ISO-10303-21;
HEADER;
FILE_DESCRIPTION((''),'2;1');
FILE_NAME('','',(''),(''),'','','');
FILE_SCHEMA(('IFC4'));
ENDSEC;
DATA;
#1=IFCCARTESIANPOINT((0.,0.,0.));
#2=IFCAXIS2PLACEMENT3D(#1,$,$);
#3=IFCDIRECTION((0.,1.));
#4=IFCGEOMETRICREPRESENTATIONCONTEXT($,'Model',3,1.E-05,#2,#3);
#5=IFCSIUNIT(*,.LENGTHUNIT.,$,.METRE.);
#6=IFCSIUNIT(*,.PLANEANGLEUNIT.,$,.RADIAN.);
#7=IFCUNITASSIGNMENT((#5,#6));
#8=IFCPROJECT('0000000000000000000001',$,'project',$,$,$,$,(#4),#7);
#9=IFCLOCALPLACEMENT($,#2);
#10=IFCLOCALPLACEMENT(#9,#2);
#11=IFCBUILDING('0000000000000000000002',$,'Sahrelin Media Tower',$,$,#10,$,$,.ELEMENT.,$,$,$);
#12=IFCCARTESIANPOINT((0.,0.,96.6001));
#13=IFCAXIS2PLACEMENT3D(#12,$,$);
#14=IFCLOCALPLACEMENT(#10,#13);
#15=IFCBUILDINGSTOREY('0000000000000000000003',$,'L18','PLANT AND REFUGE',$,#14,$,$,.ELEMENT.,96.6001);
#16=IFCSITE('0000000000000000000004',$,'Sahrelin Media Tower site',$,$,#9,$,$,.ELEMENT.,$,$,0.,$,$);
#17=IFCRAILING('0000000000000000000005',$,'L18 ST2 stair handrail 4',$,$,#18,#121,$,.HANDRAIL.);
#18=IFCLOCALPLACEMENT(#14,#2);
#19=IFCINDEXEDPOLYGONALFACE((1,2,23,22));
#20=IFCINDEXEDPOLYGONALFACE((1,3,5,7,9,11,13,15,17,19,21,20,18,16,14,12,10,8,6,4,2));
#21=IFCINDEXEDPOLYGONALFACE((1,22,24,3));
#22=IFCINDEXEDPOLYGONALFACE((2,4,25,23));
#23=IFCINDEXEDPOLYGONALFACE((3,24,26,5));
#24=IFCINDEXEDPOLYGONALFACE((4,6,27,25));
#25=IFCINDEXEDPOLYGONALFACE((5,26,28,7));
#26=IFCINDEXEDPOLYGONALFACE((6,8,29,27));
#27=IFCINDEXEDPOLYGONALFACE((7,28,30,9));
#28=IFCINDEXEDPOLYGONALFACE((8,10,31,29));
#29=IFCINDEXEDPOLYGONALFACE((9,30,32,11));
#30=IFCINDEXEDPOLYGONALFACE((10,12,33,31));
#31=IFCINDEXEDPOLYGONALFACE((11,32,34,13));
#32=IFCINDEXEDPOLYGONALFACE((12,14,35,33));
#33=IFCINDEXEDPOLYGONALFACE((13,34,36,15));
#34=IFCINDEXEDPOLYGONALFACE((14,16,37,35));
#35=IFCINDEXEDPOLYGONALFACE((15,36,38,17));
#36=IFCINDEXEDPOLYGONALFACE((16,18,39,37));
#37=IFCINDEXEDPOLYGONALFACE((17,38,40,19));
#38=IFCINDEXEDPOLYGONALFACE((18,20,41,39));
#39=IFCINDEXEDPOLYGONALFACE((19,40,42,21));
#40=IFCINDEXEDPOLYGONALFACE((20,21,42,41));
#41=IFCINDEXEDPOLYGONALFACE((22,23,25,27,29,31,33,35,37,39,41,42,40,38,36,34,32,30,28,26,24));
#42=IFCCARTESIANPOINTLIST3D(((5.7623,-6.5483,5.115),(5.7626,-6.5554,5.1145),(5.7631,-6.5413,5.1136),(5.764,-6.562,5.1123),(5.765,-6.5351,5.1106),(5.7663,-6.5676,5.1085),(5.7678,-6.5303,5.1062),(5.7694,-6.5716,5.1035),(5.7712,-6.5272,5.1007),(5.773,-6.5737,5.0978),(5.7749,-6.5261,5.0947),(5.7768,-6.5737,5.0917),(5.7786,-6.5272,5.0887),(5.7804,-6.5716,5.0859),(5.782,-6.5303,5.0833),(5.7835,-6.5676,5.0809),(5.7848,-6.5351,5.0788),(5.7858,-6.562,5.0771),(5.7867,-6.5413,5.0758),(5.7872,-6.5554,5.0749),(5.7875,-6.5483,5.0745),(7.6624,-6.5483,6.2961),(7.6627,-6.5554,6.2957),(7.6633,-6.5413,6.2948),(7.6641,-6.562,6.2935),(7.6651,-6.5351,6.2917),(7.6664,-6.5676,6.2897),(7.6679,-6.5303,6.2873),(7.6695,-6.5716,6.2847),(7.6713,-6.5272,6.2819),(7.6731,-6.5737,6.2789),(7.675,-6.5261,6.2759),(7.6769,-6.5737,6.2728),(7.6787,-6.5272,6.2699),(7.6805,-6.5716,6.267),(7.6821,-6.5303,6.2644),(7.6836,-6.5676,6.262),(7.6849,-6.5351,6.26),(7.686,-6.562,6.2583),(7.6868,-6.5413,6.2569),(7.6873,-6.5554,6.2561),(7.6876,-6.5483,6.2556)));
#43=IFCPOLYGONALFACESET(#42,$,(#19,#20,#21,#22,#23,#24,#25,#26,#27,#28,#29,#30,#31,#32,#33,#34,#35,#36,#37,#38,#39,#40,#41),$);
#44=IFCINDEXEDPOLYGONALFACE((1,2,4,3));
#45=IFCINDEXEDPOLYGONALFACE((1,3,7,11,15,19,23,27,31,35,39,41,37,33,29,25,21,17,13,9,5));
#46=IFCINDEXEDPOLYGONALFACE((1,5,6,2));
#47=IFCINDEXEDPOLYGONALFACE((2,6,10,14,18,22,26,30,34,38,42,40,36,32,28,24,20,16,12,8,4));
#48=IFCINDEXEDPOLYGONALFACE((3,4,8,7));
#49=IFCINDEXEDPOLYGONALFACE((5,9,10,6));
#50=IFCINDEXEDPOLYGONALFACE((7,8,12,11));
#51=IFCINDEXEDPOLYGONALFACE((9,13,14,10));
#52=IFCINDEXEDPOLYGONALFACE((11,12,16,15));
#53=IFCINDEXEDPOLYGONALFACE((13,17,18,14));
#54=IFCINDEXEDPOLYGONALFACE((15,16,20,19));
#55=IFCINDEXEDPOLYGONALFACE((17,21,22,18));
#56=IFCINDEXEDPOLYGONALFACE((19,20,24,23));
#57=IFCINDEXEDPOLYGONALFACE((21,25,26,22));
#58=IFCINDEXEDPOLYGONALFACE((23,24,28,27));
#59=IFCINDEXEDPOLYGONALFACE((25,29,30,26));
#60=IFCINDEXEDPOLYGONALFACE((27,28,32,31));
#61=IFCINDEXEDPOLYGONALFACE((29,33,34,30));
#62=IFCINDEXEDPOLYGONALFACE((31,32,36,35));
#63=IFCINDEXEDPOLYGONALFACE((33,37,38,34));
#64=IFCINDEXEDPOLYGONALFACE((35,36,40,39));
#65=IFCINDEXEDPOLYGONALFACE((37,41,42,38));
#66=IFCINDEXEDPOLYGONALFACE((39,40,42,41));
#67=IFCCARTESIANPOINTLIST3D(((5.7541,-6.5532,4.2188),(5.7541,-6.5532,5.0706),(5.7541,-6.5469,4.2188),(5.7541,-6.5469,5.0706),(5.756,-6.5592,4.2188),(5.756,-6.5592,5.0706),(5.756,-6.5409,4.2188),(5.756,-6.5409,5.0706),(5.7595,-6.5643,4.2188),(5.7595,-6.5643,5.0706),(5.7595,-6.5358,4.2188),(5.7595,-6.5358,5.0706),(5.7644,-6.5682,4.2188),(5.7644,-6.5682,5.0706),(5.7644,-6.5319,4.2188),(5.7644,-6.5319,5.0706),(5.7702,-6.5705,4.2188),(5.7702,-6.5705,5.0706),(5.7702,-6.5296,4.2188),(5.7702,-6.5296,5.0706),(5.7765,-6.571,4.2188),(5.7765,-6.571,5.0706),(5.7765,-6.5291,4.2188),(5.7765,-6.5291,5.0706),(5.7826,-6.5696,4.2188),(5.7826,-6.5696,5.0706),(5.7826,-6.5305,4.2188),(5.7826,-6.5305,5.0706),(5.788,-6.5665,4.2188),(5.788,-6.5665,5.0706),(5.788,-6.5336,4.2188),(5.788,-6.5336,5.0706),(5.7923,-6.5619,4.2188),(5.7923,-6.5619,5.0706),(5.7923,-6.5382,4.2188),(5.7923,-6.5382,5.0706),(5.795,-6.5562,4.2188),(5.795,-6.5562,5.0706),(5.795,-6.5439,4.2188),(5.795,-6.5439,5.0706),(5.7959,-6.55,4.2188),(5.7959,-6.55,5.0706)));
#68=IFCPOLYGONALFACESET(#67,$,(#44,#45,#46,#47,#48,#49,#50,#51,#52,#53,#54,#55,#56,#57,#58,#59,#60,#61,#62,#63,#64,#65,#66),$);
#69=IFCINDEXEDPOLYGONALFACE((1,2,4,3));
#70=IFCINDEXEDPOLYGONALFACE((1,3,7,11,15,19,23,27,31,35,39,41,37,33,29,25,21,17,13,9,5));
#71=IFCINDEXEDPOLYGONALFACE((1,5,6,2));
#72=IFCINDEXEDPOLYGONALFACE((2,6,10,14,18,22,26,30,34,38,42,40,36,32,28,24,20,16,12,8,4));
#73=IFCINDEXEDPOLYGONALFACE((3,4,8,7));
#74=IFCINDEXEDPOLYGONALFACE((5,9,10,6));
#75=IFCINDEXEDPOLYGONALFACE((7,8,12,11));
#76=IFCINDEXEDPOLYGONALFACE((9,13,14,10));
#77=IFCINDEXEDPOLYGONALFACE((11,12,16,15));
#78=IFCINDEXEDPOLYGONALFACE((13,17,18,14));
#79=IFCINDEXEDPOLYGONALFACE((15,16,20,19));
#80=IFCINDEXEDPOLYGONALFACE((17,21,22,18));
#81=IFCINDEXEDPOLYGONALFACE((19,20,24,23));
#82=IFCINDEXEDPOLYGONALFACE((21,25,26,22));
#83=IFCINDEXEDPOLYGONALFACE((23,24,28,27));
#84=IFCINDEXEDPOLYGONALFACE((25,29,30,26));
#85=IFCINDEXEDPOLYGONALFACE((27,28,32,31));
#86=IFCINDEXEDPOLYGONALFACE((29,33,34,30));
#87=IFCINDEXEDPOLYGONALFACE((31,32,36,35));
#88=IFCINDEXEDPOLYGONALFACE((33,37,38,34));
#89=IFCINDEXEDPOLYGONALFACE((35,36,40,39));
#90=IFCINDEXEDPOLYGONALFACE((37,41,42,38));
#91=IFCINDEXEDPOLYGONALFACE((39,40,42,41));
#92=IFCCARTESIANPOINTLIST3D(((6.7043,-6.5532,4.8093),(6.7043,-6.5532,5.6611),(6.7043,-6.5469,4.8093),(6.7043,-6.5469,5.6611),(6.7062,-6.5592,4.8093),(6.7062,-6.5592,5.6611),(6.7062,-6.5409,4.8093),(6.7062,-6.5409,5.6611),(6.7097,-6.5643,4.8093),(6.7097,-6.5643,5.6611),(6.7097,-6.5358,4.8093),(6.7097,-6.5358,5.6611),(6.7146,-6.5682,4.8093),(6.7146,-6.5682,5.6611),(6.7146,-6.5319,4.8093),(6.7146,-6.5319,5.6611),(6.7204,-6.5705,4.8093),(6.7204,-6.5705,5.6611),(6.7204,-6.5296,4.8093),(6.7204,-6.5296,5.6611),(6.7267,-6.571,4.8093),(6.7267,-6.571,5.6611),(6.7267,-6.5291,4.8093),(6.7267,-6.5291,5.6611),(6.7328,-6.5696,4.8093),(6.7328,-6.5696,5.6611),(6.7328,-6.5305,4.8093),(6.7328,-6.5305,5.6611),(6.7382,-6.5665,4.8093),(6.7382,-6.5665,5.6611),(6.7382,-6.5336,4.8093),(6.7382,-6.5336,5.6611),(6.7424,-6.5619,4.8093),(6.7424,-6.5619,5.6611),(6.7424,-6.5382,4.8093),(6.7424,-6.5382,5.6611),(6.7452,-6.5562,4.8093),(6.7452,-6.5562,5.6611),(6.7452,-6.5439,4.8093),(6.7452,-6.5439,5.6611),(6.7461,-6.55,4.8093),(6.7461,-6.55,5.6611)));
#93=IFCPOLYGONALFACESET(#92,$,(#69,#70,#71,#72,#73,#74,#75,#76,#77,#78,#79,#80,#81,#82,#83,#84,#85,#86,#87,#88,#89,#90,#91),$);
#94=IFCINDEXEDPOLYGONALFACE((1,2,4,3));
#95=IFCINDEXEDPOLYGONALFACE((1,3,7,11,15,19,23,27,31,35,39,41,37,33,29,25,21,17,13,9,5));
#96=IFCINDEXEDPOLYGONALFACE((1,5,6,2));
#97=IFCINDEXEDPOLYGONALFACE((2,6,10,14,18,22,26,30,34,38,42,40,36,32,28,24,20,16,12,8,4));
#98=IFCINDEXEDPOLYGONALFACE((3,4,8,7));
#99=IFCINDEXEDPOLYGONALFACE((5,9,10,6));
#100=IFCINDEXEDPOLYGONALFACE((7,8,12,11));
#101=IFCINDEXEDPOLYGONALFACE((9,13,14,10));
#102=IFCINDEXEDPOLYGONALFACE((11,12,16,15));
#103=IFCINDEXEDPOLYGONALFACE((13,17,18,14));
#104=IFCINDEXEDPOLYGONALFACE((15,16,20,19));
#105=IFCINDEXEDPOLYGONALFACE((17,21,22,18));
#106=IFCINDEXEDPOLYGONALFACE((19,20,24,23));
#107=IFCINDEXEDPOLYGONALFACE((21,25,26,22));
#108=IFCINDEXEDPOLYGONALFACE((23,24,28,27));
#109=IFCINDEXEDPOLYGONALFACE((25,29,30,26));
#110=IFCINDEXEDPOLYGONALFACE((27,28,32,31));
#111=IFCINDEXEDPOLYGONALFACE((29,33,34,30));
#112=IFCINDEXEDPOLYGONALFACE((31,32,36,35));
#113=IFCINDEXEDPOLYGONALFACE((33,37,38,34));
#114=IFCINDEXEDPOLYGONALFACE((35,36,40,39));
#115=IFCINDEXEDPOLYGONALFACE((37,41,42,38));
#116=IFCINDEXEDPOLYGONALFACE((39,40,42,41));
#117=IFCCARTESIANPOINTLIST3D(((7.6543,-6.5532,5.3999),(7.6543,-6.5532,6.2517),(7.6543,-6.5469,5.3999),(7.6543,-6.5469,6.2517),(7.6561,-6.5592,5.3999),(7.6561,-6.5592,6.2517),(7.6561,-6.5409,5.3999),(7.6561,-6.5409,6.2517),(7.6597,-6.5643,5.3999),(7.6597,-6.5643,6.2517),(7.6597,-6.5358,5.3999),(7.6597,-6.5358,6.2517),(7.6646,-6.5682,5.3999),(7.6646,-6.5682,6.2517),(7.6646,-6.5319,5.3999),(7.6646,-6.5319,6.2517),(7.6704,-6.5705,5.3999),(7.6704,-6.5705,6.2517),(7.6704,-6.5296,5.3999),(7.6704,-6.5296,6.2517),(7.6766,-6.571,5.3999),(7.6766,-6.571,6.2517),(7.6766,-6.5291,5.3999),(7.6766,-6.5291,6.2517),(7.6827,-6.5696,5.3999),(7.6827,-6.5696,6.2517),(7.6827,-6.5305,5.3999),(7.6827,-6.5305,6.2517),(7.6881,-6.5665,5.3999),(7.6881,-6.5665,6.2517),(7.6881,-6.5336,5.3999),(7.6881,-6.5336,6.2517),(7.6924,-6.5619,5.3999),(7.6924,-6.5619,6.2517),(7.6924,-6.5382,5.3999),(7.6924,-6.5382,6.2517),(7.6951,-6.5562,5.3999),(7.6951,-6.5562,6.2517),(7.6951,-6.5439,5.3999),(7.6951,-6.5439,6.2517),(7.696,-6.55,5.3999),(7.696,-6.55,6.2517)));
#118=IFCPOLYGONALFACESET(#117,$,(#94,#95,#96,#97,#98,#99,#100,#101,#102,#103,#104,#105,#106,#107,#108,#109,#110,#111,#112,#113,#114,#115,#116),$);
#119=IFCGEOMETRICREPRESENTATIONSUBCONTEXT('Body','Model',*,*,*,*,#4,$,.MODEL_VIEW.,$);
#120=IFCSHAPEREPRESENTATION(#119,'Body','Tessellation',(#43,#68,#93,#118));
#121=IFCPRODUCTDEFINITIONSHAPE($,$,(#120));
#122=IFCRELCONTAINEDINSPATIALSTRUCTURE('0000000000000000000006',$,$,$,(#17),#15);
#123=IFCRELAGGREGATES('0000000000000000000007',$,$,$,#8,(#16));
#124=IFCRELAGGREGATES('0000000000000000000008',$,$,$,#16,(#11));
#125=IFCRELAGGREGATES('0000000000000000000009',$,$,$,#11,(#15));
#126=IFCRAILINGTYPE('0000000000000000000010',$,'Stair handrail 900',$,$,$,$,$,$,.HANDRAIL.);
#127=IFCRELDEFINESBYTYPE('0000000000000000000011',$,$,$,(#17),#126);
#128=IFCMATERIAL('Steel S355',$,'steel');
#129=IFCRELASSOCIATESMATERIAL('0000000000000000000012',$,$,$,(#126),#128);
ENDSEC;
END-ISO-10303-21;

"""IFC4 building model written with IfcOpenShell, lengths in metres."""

from ifc_helpers import new_model, si_unit, direction, frame, origin, origin_2d, place, context, subcontext, project, spatial, circle, extrude, material, type_object, element, save


model = new_model("IFC4")

# Units and contexts
model_context = context("Model", 3, precision=1e-05, world=origin(), true_north=direction((0.0, 1.0)))
body_context = subcontext(model_context, "Body", "Model", "MODEL_VIEW")
ifc_project = project(units=[si_unit("LENGTHUNIT", "METRE"), si_unit("PLANEANGLEUNIT", "RADIAN")], contexts=[model_context])

# Site, building, storey
site_placement = place(None, origin())
site = spatial("IfcSite", under=ifc_project, at=site_placement, Name="Sahrelin Media Tower site", CompositionType="ELEMENT", RefElevation=0.0)
building_placement = place(site_placement, origin())
building = spatial("IfcBuilding", under=site, at=building_placement, Name="Sahrelin Media Tower", CompositionType="ELEMENT")
storey_placement = place(building_placement, frame((0.0, 0.0, 96.6001)))
storey = spatial("IfcBuildingStorey", under=building, at=storey_placement, Name="L18", Description="PLANT AND REFUGE", CompositionType="ELEMENT", Elevation=96.6001)

# Shared definitions
ifc_material_1 = material(Name="Steel S355", Category="steel")

# Railing
railing_type_1 = type_object("IfcRailingType", Name="Stair handrail 900", PredefinedType="HANDRAIL", material=ifc_material_1)
railing_1_placement = place(storey_placement, frame((5.7749, -6.55, 4.2188)))
element("IfcRailing", 1, at=railing_1_placement, inside=storey, type_object=railing_type_1, Name="L18 ST2 stair handrail 4", PredefinedType="HANDRAIL", context=body_context, shape_type="SweptSolid", body=[
    extrude(circle(Radius=0.0239, at=origin_2d()), frame((0.0, 0.0, 0.876), z_axis=(0.849289, 0.0, 0.527928), x_axis=(0.0, 1.0, 0.0)), (0.0, 0.0, 1.0), 2.2373),
    extrude(circle(Radius=0.021, at=origin_2d()), origin(), (0.0, 0.0, 1.0), 0.8518),
    extrude(circle(Radius=0.021, at=origin_2d()), frame((0.9502, 0.0, 0.5906)), (0.0, 0.0, 1.0), 0.8518),
    extrude(circle(Radius=0.021, at=origin_2d()), frame((1.9001, 0.0, 1.1812)), (0.0, 0.0, 1.0), 0.8518),
])

save(model, "model.ifc")
